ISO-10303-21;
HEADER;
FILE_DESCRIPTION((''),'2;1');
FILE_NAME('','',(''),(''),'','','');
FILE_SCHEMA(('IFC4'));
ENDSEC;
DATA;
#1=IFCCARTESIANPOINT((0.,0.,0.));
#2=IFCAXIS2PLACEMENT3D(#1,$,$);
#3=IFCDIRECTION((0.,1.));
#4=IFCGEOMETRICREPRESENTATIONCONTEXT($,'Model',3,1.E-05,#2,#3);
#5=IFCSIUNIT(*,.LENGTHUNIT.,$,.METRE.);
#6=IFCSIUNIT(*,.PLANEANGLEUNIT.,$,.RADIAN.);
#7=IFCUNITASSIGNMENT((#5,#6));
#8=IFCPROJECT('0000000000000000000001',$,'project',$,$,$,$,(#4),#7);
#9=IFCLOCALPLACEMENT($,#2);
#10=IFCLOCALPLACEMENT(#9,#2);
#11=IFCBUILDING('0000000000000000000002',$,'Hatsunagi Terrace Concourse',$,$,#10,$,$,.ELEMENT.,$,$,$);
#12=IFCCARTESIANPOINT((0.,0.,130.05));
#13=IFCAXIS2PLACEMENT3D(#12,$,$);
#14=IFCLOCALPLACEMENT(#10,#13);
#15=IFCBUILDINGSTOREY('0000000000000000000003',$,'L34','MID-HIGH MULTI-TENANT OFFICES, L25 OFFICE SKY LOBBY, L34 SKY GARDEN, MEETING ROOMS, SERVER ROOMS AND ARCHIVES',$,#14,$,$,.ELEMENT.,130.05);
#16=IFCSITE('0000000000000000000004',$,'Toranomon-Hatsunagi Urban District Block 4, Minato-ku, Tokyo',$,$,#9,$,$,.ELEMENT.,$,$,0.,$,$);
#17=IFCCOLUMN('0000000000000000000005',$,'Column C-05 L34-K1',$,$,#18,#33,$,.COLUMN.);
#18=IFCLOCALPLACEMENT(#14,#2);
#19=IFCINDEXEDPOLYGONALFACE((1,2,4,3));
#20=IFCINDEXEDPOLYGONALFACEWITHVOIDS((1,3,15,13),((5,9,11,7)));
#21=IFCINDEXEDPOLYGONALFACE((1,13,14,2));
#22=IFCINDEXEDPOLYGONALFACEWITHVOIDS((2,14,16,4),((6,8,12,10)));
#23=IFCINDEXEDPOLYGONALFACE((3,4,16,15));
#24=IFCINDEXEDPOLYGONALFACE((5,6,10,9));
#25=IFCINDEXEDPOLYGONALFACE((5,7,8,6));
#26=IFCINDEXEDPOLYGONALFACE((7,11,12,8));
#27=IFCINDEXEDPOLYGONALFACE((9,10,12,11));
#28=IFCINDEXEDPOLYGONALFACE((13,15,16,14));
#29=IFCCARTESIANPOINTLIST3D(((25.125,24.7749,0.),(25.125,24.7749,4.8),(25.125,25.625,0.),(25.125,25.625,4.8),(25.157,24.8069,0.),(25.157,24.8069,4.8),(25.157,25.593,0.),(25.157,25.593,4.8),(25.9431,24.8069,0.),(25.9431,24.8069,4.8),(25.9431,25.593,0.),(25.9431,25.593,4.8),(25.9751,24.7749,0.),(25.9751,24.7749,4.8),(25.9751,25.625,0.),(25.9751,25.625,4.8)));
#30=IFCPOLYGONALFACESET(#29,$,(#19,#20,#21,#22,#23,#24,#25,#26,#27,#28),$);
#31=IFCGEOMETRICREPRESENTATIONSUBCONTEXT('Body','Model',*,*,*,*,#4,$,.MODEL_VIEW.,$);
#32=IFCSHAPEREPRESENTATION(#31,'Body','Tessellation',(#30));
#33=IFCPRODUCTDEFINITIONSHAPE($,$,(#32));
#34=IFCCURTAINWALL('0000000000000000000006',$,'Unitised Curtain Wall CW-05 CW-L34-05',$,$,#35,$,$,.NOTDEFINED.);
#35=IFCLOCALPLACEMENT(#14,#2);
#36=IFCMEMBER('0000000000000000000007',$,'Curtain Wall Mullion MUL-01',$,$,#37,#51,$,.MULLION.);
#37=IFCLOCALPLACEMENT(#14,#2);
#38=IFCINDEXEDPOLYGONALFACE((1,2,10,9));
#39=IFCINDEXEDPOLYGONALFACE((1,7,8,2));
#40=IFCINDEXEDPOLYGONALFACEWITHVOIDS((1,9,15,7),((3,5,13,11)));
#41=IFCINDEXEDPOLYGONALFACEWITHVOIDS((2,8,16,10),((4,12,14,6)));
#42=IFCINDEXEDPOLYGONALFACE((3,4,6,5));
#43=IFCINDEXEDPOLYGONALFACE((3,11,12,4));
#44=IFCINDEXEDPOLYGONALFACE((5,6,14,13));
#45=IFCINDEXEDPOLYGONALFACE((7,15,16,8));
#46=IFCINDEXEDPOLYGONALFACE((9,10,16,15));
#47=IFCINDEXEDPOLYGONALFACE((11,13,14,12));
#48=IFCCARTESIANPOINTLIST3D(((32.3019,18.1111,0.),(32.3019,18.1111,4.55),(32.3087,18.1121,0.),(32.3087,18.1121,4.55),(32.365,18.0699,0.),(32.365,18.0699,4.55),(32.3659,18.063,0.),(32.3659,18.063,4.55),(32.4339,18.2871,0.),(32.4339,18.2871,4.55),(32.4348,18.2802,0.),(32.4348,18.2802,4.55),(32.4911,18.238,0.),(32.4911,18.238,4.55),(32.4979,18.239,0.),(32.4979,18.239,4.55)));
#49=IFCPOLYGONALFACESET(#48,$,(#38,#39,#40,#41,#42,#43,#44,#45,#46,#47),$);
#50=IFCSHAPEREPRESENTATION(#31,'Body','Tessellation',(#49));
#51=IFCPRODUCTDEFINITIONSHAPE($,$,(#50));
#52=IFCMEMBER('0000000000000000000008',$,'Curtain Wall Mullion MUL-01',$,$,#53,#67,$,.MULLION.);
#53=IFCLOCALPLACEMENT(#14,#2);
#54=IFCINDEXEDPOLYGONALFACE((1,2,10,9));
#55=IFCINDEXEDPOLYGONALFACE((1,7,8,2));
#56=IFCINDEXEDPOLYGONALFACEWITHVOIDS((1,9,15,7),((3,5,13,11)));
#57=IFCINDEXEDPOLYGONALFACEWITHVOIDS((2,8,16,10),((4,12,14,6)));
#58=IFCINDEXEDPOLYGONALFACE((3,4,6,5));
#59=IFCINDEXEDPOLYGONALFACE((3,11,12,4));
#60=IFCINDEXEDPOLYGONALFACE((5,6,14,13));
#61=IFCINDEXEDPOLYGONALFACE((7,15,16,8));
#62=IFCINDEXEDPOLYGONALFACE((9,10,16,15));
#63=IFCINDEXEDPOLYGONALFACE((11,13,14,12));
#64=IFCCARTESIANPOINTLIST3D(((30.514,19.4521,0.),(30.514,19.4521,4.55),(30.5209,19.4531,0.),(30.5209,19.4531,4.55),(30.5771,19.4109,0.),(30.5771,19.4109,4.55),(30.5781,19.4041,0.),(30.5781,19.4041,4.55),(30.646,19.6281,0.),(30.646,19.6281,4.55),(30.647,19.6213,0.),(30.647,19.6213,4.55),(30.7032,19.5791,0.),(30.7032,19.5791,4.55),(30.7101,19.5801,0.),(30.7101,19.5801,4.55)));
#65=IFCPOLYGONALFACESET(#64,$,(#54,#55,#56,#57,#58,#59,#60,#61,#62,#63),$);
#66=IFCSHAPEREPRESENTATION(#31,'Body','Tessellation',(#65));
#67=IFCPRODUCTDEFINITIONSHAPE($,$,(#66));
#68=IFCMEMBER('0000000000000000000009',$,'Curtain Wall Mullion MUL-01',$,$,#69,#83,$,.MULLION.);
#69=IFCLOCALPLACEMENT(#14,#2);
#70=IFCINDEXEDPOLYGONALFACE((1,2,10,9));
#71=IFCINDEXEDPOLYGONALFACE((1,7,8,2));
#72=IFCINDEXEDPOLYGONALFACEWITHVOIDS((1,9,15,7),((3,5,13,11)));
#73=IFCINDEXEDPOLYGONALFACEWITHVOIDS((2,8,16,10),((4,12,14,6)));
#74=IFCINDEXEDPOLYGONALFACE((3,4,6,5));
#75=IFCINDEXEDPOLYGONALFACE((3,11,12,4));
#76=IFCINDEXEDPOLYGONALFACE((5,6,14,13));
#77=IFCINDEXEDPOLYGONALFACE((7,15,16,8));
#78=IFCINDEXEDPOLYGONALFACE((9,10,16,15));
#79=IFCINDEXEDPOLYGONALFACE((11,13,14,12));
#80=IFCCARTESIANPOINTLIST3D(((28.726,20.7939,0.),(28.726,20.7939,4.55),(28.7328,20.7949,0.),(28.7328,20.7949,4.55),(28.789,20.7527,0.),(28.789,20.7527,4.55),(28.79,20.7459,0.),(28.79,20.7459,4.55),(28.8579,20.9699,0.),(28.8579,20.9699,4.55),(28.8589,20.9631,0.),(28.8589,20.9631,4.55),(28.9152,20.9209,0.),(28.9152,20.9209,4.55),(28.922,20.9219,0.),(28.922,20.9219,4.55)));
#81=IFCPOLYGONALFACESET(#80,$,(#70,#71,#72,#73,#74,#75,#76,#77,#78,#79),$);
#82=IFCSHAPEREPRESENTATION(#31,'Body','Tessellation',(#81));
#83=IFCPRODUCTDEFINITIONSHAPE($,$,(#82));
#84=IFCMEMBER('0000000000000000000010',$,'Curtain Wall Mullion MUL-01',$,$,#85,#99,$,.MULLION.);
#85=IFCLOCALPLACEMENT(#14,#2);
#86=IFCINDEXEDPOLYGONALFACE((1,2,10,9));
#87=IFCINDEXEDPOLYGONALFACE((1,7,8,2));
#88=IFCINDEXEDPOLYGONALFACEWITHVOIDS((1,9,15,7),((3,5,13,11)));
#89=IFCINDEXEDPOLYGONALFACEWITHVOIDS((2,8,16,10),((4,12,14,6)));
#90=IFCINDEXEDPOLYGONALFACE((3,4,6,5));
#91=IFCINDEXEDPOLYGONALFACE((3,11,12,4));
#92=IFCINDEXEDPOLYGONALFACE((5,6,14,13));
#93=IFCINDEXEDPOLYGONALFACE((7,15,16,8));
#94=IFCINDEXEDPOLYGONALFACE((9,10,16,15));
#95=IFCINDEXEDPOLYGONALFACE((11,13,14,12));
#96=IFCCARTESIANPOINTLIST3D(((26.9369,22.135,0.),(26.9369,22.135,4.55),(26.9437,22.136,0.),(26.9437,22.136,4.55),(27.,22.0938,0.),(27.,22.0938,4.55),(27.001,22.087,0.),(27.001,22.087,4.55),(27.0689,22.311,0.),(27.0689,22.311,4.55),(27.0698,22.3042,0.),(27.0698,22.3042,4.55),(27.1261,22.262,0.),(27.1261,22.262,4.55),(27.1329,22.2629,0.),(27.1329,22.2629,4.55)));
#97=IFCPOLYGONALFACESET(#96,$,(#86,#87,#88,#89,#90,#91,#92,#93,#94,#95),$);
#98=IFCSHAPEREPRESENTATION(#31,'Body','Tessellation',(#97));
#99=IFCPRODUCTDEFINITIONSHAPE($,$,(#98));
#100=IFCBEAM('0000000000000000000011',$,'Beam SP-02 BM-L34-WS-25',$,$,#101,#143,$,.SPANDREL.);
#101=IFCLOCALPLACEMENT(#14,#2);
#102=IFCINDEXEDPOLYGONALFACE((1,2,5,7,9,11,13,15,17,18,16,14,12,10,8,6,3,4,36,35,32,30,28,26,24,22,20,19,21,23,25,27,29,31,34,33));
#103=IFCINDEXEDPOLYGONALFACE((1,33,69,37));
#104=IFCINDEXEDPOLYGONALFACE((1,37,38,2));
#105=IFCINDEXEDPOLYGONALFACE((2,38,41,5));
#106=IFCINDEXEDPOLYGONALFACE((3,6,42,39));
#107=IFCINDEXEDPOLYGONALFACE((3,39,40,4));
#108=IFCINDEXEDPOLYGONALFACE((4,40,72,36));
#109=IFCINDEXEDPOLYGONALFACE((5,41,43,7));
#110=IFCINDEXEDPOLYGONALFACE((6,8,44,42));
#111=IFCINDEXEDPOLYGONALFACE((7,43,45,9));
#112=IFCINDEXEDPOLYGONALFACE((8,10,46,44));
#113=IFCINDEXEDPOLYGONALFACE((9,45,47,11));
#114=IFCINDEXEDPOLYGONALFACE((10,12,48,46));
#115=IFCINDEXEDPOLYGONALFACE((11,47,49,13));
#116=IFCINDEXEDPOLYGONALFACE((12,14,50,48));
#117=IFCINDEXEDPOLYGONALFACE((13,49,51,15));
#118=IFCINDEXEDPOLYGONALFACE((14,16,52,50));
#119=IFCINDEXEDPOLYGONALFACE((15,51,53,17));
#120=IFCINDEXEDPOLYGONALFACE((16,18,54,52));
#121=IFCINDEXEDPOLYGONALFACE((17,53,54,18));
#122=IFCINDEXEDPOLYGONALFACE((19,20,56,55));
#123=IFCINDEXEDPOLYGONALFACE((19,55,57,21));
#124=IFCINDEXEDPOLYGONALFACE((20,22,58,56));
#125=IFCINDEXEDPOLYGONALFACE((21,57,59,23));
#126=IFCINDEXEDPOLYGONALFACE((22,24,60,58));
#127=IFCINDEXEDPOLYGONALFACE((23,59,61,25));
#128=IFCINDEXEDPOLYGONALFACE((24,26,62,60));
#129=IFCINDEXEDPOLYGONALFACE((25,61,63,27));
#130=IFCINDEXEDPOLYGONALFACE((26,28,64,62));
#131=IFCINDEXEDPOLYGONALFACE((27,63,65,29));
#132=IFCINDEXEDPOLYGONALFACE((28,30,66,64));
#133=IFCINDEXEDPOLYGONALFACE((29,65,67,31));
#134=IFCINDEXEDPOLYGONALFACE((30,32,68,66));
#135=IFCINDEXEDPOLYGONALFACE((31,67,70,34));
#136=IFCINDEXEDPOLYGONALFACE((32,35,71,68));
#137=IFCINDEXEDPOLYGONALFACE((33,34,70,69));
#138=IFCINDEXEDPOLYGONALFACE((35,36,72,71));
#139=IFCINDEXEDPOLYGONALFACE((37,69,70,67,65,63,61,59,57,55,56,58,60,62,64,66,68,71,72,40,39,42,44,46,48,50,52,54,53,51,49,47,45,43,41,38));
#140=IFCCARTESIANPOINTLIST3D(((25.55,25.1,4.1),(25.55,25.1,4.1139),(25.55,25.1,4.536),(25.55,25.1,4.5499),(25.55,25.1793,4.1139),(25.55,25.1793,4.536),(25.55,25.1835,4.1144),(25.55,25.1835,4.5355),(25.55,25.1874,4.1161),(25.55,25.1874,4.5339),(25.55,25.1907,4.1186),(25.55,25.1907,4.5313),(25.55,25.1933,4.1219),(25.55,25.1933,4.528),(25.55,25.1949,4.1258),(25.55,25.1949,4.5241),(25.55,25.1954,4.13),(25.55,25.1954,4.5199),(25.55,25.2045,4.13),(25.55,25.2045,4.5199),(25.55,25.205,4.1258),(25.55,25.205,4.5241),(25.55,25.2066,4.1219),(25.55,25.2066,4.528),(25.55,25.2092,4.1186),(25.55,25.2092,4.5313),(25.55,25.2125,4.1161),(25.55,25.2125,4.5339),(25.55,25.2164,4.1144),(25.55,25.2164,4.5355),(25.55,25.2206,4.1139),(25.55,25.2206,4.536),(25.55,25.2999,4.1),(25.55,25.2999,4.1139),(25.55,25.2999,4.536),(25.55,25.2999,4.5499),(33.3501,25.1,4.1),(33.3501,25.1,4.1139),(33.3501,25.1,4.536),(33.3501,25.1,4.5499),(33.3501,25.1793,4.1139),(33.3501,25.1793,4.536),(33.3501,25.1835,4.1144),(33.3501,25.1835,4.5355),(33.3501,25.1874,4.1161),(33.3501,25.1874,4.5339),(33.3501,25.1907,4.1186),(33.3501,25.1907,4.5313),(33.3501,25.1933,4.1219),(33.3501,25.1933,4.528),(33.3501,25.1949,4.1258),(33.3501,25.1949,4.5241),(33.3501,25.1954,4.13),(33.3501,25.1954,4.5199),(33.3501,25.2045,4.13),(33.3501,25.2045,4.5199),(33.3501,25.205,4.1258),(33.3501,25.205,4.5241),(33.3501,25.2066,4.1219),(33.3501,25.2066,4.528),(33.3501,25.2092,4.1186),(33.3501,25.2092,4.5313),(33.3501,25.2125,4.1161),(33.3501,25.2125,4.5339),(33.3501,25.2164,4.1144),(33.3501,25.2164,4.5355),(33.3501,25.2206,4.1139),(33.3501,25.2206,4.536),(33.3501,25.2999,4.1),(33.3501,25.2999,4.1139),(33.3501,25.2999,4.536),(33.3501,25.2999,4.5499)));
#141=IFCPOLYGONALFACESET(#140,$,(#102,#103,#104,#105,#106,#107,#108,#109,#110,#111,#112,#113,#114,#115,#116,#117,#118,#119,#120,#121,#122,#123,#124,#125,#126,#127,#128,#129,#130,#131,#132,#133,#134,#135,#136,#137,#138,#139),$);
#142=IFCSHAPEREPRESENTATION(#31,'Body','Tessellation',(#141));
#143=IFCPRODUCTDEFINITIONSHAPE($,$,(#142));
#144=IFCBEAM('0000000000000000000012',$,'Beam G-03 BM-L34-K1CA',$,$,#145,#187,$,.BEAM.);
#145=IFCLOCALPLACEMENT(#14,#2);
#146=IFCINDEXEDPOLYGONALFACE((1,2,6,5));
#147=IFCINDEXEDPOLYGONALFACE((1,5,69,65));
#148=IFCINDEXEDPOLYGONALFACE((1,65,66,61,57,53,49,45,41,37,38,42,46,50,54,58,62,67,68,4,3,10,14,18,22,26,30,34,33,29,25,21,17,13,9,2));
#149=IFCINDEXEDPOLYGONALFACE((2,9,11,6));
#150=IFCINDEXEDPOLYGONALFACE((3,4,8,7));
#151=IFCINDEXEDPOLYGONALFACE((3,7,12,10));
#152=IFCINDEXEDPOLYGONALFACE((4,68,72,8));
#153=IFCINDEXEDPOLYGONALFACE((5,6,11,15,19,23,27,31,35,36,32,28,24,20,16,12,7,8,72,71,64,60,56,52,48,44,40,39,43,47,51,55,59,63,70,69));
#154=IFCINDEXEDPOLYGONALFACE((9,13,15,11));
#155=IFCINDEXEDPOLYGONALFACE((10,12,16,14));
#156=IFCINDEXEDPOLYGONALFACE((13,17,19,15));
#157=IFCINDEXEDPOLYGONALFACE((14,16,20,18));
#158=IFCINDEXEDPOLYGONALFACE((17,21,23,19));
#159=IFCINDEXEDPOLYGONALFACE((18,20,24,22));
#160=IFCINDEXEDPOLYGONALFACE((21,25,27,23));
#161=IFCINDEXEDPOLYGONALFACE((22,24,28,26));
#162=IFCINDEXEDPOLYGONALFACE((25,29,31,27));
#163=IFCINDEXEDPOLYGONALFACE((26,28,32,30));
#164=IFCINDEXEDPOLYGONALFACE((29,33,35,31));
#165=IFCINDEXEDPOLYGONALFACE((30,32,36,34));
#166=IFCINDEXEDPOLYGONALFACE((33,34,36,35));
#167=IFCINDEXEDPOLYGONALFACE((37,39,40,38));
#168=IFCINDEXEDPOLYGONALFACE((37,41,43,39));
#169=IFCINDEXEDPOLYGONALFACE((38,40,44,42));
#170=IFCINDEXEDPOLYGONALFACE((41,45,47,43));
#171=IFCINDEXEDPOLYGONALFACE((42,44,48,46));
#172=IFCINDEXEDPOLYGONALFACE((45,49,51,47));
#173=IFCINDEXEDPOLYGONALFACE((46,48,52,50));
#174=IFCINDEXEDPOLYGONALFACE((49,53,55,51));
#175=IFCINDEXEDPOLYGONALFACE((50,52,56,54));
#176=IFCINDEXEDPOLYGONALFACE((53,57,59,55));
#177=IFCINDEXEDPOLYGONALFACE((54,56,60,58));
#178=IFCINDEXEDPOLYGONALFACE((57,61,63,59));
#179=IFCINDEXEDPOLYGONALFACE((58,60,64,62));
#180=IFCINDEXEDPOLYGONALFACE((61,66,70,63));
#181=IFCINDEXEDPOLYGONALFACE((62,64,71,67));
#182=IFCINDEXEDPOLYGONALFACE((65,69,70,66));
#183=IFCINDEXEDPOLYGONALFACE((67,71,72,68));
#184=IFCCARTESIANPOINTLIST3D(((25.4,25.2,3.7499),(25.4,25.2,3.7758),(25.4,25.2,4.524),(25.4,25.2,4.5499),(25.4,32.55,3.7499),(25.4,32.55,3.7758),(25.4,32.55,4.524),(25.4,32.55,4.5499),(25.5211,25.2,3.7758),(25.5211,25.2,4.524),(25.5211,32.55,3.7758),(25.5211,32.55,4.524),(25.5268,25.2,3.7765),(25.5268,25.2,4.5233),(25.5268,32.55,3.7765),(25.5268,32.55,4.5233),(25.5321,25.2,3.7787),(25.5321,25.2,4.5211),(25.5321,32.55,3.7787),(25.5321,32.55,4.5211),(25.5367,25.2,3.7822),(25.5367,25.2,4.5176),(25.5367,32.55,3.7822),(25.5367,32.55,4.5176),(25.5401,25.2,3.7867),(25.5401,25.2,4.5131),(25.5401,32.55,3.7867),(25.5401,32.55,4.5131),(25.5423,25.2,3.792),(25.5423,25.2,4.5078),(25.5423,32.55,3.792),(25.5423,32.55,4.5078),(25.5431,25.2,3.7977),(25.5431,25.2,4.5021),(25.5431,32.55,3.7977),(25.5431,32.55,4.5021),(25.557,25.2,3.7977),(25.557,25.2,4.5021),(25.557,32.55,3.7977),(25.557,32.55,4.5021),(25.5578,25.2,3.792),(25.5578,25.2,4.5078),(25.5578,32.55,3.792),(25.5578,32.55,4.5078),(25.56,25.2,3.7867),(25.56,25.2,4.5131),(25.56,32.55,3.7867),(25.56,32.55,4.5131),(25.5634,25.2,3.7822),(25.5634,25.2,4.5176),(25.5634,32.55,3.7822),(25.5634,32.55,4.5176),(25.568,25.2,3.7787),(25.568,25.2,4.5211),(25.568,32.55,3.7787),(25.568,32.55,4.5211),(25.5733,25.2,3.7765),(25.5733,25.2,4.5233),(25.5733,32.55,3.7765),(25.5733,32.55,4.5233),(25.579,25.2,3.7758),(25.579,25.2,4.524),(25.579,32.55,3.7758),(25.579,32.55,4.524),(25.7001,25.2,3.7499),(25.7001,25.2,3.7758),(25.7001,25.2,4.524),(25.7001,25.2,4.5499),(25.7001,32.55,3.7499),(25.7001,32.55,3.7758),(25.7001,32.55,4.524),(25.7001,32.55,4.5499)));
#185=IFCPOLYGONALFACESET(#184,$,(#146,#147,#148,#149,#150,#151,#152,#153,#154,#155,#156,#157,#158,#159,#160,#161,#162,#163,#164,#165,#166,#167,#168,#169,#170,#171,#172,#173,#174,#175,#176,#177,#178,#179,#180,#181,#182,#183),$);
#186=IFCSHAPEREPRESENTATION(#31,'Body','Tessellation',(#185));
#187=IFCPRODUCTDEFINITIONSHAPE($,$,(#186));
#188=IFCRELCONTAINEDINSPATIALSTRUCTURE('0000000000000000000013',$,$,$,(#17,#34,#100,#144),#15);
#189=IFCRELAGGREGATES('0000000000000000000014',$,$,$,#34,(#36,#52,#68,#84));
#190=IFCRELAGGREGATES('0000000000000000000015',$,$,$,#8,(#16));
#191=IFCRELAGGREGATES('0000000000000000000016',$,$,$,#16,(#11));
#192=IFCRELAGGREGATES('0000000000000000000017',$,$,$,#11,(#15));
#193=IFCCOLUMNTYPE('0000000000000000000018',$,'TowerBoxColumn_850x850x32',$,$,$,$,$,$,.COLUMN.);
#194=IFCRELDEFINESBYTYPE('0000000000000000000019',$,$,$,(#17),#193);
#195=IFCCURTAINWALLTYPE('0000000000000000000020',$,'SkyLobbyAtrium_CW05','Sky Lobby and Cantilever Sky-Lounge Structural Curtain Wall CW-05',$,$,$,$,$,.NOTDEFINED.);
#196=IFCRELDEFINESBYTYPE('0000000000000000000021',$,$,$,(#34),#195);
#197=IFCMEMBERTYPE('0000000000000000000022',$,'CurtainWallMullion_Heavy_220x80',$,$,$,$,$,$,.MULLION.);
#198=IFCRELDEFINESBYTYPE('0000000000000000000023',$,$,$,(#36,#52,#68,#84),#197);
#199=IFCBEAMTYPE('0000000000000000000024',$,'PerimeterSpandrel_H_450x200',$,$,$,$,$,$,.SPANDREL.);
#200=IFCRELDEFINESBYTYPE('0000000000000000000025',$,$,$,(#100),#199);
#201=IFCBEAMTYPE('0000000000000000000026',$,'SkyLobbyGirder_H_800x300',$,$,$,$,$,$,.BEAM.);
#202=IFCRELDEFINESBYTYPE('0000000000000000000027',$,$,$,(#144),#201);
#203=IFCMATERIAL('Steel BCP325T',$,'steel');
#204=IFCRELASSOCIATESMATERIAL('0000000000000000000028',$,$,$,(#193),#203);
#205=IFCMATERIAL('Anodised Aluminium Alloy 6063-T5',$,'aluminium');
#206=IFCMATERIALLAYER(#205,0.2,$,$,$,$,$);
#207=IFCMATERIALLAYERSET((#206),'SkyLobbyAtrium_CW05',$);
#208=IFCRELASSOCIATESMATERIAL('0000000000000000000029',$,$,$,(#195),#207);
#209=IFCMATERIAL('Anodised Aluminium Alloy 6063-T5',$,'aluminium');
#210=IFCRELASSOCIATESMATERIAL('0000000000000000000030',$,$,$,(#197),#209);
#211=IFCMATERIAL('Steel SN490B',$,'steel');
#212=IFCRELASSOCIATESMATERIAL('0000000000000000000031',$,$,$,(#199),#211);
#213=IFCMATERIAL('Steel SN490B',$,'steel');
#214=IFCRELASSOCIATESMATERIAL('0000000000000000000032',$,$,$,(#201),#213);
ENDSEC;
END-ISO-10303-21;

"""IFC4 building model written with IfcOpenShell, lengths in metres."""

from ifc_helpers import new_model, si_unit, direction, frame, origin, origin_2d, place, context, subcontext, project, spatial, hollow_rectangle, i_section, extrude, material, layer, layer_set, material_profile, profile_set, type_object, element, aggregate, save


model = new_model("IFC4")

# Units and contexts
model_context = context("Model", 3, precision=1e-05, world=origin(), true_north=direction((0.0, 1.0)))
body_context = subcontext(model_context, "Body", "Model", "MODEL_VIEW")
ifc_project = project(units=[si_unit("LENGTHUNIT", "METRE"), si_unit("PLANEANGLEUNIT", "RADIAN")], contexts=[model_context])

# Site, building, storey
site_placement = place(None, origin())
site = spatial("IfcSite", under=ifc_project, at=site_placement, Name="Toranomon-Hatsunagi Urban District Block 4, Minato-ku, Tokyo", CompositionType="ELEMENT", RefElevation=0.0)
building_placement = place(site_placement, origin())
building = spatial("IfcBuilding", under=site, at=building_placement, Name="Hatsunagi Terrace Concourse", CompositionType="ELEMENT")
storey_placement = place(building_placement, frame((0.0, 0.0, 130.05)))
storey = spatial("IfcBuildingStorey", under=building, at=storey_placement, Name="L34", Description="MID-HIGH MULTI-TENANT OFFICES, L25 OFFICE SKY LOBBY, L34 SKY GARDEN, MEETING ROOMS, SERVER ROOMS AND ARCHIVES", CompositionType="ELEMENT", Elevation=130.05)

# Column
ifc_material_1 = material(Name="Steel BCP325T", Category="steel")
ifc_material_profile_1 = material_profile(ifc_material_1, hollow_rectangle(XDim=0.8501, YDim=0.8501, WallThickness=0.032, at=origin_2d()), Name="BCP-850x850x32")
ifc_profile_set_1 = profile_set([ifc_material_profile_1], Name="Steel BCP325T")
column_type = type_object("IfcColumnType", Name="TowerBoxColumn_850x850x32", PredefinedType="COLUMN", material=ifc_profile_set_1)
column_placement = place(storey_placement, frame((25.55, 25.2, 0.0), z_axis=(0.0, 0.0, 1.0), x_axis=(1.0, 0.0, 0.0)))
element("IfcColumn", 1, at=column_placement, inside=storey, type_object=column_type, Name="Column C-05 L34-K1", PredefinedType="COLUMN", context=body_context, shape_type="SweptSolid", body=[
    extrude(hollow_rectangle(XDim=0.8501, YDim=0.8501, WallThickness=0.032, at=origin_2d()), origin(), (0.0, 0.0, 1.0), 4.8),
])

# Curtain wall, members
ifc_material_2 = material(Name="Anodised Aluminium Alloy 6063-T5", Category="aluminium")
ifc_layer_1 = layer(ifc_material_2, 0.2)
ifc_layer_set_1 = layer_set([ifc_layer_1], Name="SkyLobbyAtrium_CW05")
curtain_wall_type = type_object("IfcCurtainWallType", Name="SkyLobbyAtrium_CW05", Description="Sky Lobby and Cantilever Sky-Lounge Structural Curtain Wall CW-05", PredefinedType="NOTDEFINED", material=ifc_layer_set_1)
curtain_wall_placement = place(storey_placement, origin())
curtain_wall = element("IfcCurtainWall", 2, at=curtain_wall_placement, inside=storey, type_object=curtain_wall_type, Name="Unitised Curtain Wall CW-05 CW-L34-05", PredefinedType="NOTDEFINED")
ifc_material_3 = material(Name="Anodised Aluminium Alloy 6063-T5", Category="aluminium")
ifc_material_profile_2 = material_profile(ifc_material_3, hollow_rectangle(XDim=0.0801, YDim=0.22, WallThickness=0.0049, at=origin_2d()), Name="ALU-MUL-220x80x5")
ifc_profile_set_2 = profile_set([ifc_material_profile_2], Name="Anodised Aluminium Alloy 6063-T5")
member_type = type_object("IfcMemberType", Name="CurtainWallMullion_Heavy_220x80", PredefinedType="MULLION", material=ifc_profile_set_2)
member_1_placement = place(storey_placement, frame((32.3999, 18.175, 0.0), z_axis=(0.0, 0.0, 1.0), x_axis=(-0.800005, 0.599993, 0.0)))
member_1 = element("IfcMember", 3, at=member_1_placement, type_object=member_type, Name="Curtain Wall Mullion MUL-01", PredefinedType="MULLION", context=body_context, shape_type="SweptSolid", body=[
    extrude(hollow_rectangle(XDim=0.0801, YDim=0.22, WallThickness=0.0049, at=origin_2d()), origin(), (0.0, 0.0, 1.0), 4.55),
])
member_2_placement = place(storey_placement, frame((30.6121, 19.5161, 0.0), z_axis=(0.0, 0.0, 1.0), x_axis=(-0.800005, 0.599993, 0.0)))
member_2 = element("IfcMember", 4, at=member_2_placement, type_object=member_type, Name="Curtain Wall Mullion MUL-01", PredefinedType="MULLION", context=body_context, shape_type="SweptSolid", body=[
    extrude(hollow_rectangle(XDim=0.0801, YDim=0.22, WallThickness=0.0049, at=origin_2d()), origin(), (0.0, 0.0, 1.0), 4.55),
])
member_3_placement = place(storey_placement, frame((28.824, 20.8579, 0.0), z_axis=(0.0, 0.0, 1.0), x_axis=(-0.800005, 0.599993, 0.0)))
member_3 = element("IfcMember", 5, at=member_3_placement, type_object=member_type, Name="Curtain Wall Mullion MUL-01", PredefinedType="MULLION", context=body_context, shape_type="SweptSolid", body=[
    extrude(hollow_rectangle(XDim=0.0801, YDim=0.22, WallThickness=0.0049, at=origin_2d()), origin(), (0.0, 0.0, 1.0), 4.55),
])
member_4_placement = place(storey_placement, frame((27.0349, 22.199, 0.0), z_axis=(0.0, 0.0, 1.0), x_axis=(-0.800005, 0.599993, 0.0)))
member_4 = element("IfcMember", 6, at=member_4_placement, type_object=member_type, Name="Curtain Wall Mullion MUL-01", PredefinedType="MULLION", context=body_context, shape_type="SweptSolid", body=[
    extrude(hollow_rectangle(XDim=0.0801, YDim=0.22, WallThickness=0.0049, at=origin_2d()), origin(), (0.0, 0.0, 1.0), 4.55),
])

# Beams
ifc_material_4 = material(Name="Steel SN490B", Category="steel")
ifc_material_profile_3 = material_profile(ifc_material_4, i_section(OverallWidth=0.2, OverallDepth=0.45, WebThickness=0.009, FlangeThickness=0.0139, FilletRadius=0.0161, at=origin_2d()), Name="H-450x200x9x14")
ifc_profile_set_3 = profile_set([ifc_material_profile_3], Name="Steel SN490B")
beam_type_1 = type_object("IfcBeamType", Name="PerimeterSpandrel_H_450x200", PredefinedType="SPANDREL", material=ifc_profile_set_3)
beam_1_placement = place(storey_placement, frame((25.55, 25.2, 4.325), z_axis=(1.0, 0.0, 0.0), x_axis=(0.0, 1.0, 0.0)))
element("IfcBeam", 7, at=beam_1_placement, inside=storey, type_object=beam_type_1, Name="Beam SP-02 BM-L34-WS-25", PredefinedType="SPANDREL", context=body_context, shape_type="SweptSolid", body=[
    extrude(i_section(OverallWidth=0.2, OverallDepth=0.45, WebThickness=0.009, FlangeThickness=0.0139, FilletRadius=0.0161, at=origin_2d()), origin(), (0.0, 0.0, 1.0), 7.8),
])
ifc_material_5 = material(Name="Steel SN490B", Category="steel")
ifc_material_profile_4 = material_profile(ifc_material_5, i_section(OverallWidth=0.3, OverallDepth=0.8, WebThickness=0.0139, FlangeThickness=0.0259, FilletRadius=0.022, at=origin_2d()), Name="H-800x300x14x26")
ifc_profile_set_4 = profile_set([ifc_material_profile_4], Name="Steel SN490B")
beam_type_2 = type_object("IfcBeamType", Name="SkyLobbyGirder_H_800x300", PredefinedType="BEAM", material=ifc_profile_set_4)
beam_2_placement = place(storey_placement, frame((25.55, 25.2, 4.1499), z_axis=(0.0, 1.0, 0.0), x_axis=(-1.0, 0.0, 0.0)))
element("IfcBeam", 8, at=beam_2_placement, inside=storey, type_object=beam_type_2, Name="Beam G-03 BM-L34-K1CA", PredefinedType="BEAM", context=body_context, shape_type="SweptSolid", body=[
    extrude(i_section(OverallWidth=0.3, OverallDepth=0.8, WebThickness=0.0139, FlangeThickness=0.0259, FilletRadius=0.022, at=origin_2d()), origin(), (0.0, 0.0, 1.0), 7.3501),
])

aggregate(curtain_wall, [member_1, member_2, member_3, member_4])

save(model, "model.ifc")
